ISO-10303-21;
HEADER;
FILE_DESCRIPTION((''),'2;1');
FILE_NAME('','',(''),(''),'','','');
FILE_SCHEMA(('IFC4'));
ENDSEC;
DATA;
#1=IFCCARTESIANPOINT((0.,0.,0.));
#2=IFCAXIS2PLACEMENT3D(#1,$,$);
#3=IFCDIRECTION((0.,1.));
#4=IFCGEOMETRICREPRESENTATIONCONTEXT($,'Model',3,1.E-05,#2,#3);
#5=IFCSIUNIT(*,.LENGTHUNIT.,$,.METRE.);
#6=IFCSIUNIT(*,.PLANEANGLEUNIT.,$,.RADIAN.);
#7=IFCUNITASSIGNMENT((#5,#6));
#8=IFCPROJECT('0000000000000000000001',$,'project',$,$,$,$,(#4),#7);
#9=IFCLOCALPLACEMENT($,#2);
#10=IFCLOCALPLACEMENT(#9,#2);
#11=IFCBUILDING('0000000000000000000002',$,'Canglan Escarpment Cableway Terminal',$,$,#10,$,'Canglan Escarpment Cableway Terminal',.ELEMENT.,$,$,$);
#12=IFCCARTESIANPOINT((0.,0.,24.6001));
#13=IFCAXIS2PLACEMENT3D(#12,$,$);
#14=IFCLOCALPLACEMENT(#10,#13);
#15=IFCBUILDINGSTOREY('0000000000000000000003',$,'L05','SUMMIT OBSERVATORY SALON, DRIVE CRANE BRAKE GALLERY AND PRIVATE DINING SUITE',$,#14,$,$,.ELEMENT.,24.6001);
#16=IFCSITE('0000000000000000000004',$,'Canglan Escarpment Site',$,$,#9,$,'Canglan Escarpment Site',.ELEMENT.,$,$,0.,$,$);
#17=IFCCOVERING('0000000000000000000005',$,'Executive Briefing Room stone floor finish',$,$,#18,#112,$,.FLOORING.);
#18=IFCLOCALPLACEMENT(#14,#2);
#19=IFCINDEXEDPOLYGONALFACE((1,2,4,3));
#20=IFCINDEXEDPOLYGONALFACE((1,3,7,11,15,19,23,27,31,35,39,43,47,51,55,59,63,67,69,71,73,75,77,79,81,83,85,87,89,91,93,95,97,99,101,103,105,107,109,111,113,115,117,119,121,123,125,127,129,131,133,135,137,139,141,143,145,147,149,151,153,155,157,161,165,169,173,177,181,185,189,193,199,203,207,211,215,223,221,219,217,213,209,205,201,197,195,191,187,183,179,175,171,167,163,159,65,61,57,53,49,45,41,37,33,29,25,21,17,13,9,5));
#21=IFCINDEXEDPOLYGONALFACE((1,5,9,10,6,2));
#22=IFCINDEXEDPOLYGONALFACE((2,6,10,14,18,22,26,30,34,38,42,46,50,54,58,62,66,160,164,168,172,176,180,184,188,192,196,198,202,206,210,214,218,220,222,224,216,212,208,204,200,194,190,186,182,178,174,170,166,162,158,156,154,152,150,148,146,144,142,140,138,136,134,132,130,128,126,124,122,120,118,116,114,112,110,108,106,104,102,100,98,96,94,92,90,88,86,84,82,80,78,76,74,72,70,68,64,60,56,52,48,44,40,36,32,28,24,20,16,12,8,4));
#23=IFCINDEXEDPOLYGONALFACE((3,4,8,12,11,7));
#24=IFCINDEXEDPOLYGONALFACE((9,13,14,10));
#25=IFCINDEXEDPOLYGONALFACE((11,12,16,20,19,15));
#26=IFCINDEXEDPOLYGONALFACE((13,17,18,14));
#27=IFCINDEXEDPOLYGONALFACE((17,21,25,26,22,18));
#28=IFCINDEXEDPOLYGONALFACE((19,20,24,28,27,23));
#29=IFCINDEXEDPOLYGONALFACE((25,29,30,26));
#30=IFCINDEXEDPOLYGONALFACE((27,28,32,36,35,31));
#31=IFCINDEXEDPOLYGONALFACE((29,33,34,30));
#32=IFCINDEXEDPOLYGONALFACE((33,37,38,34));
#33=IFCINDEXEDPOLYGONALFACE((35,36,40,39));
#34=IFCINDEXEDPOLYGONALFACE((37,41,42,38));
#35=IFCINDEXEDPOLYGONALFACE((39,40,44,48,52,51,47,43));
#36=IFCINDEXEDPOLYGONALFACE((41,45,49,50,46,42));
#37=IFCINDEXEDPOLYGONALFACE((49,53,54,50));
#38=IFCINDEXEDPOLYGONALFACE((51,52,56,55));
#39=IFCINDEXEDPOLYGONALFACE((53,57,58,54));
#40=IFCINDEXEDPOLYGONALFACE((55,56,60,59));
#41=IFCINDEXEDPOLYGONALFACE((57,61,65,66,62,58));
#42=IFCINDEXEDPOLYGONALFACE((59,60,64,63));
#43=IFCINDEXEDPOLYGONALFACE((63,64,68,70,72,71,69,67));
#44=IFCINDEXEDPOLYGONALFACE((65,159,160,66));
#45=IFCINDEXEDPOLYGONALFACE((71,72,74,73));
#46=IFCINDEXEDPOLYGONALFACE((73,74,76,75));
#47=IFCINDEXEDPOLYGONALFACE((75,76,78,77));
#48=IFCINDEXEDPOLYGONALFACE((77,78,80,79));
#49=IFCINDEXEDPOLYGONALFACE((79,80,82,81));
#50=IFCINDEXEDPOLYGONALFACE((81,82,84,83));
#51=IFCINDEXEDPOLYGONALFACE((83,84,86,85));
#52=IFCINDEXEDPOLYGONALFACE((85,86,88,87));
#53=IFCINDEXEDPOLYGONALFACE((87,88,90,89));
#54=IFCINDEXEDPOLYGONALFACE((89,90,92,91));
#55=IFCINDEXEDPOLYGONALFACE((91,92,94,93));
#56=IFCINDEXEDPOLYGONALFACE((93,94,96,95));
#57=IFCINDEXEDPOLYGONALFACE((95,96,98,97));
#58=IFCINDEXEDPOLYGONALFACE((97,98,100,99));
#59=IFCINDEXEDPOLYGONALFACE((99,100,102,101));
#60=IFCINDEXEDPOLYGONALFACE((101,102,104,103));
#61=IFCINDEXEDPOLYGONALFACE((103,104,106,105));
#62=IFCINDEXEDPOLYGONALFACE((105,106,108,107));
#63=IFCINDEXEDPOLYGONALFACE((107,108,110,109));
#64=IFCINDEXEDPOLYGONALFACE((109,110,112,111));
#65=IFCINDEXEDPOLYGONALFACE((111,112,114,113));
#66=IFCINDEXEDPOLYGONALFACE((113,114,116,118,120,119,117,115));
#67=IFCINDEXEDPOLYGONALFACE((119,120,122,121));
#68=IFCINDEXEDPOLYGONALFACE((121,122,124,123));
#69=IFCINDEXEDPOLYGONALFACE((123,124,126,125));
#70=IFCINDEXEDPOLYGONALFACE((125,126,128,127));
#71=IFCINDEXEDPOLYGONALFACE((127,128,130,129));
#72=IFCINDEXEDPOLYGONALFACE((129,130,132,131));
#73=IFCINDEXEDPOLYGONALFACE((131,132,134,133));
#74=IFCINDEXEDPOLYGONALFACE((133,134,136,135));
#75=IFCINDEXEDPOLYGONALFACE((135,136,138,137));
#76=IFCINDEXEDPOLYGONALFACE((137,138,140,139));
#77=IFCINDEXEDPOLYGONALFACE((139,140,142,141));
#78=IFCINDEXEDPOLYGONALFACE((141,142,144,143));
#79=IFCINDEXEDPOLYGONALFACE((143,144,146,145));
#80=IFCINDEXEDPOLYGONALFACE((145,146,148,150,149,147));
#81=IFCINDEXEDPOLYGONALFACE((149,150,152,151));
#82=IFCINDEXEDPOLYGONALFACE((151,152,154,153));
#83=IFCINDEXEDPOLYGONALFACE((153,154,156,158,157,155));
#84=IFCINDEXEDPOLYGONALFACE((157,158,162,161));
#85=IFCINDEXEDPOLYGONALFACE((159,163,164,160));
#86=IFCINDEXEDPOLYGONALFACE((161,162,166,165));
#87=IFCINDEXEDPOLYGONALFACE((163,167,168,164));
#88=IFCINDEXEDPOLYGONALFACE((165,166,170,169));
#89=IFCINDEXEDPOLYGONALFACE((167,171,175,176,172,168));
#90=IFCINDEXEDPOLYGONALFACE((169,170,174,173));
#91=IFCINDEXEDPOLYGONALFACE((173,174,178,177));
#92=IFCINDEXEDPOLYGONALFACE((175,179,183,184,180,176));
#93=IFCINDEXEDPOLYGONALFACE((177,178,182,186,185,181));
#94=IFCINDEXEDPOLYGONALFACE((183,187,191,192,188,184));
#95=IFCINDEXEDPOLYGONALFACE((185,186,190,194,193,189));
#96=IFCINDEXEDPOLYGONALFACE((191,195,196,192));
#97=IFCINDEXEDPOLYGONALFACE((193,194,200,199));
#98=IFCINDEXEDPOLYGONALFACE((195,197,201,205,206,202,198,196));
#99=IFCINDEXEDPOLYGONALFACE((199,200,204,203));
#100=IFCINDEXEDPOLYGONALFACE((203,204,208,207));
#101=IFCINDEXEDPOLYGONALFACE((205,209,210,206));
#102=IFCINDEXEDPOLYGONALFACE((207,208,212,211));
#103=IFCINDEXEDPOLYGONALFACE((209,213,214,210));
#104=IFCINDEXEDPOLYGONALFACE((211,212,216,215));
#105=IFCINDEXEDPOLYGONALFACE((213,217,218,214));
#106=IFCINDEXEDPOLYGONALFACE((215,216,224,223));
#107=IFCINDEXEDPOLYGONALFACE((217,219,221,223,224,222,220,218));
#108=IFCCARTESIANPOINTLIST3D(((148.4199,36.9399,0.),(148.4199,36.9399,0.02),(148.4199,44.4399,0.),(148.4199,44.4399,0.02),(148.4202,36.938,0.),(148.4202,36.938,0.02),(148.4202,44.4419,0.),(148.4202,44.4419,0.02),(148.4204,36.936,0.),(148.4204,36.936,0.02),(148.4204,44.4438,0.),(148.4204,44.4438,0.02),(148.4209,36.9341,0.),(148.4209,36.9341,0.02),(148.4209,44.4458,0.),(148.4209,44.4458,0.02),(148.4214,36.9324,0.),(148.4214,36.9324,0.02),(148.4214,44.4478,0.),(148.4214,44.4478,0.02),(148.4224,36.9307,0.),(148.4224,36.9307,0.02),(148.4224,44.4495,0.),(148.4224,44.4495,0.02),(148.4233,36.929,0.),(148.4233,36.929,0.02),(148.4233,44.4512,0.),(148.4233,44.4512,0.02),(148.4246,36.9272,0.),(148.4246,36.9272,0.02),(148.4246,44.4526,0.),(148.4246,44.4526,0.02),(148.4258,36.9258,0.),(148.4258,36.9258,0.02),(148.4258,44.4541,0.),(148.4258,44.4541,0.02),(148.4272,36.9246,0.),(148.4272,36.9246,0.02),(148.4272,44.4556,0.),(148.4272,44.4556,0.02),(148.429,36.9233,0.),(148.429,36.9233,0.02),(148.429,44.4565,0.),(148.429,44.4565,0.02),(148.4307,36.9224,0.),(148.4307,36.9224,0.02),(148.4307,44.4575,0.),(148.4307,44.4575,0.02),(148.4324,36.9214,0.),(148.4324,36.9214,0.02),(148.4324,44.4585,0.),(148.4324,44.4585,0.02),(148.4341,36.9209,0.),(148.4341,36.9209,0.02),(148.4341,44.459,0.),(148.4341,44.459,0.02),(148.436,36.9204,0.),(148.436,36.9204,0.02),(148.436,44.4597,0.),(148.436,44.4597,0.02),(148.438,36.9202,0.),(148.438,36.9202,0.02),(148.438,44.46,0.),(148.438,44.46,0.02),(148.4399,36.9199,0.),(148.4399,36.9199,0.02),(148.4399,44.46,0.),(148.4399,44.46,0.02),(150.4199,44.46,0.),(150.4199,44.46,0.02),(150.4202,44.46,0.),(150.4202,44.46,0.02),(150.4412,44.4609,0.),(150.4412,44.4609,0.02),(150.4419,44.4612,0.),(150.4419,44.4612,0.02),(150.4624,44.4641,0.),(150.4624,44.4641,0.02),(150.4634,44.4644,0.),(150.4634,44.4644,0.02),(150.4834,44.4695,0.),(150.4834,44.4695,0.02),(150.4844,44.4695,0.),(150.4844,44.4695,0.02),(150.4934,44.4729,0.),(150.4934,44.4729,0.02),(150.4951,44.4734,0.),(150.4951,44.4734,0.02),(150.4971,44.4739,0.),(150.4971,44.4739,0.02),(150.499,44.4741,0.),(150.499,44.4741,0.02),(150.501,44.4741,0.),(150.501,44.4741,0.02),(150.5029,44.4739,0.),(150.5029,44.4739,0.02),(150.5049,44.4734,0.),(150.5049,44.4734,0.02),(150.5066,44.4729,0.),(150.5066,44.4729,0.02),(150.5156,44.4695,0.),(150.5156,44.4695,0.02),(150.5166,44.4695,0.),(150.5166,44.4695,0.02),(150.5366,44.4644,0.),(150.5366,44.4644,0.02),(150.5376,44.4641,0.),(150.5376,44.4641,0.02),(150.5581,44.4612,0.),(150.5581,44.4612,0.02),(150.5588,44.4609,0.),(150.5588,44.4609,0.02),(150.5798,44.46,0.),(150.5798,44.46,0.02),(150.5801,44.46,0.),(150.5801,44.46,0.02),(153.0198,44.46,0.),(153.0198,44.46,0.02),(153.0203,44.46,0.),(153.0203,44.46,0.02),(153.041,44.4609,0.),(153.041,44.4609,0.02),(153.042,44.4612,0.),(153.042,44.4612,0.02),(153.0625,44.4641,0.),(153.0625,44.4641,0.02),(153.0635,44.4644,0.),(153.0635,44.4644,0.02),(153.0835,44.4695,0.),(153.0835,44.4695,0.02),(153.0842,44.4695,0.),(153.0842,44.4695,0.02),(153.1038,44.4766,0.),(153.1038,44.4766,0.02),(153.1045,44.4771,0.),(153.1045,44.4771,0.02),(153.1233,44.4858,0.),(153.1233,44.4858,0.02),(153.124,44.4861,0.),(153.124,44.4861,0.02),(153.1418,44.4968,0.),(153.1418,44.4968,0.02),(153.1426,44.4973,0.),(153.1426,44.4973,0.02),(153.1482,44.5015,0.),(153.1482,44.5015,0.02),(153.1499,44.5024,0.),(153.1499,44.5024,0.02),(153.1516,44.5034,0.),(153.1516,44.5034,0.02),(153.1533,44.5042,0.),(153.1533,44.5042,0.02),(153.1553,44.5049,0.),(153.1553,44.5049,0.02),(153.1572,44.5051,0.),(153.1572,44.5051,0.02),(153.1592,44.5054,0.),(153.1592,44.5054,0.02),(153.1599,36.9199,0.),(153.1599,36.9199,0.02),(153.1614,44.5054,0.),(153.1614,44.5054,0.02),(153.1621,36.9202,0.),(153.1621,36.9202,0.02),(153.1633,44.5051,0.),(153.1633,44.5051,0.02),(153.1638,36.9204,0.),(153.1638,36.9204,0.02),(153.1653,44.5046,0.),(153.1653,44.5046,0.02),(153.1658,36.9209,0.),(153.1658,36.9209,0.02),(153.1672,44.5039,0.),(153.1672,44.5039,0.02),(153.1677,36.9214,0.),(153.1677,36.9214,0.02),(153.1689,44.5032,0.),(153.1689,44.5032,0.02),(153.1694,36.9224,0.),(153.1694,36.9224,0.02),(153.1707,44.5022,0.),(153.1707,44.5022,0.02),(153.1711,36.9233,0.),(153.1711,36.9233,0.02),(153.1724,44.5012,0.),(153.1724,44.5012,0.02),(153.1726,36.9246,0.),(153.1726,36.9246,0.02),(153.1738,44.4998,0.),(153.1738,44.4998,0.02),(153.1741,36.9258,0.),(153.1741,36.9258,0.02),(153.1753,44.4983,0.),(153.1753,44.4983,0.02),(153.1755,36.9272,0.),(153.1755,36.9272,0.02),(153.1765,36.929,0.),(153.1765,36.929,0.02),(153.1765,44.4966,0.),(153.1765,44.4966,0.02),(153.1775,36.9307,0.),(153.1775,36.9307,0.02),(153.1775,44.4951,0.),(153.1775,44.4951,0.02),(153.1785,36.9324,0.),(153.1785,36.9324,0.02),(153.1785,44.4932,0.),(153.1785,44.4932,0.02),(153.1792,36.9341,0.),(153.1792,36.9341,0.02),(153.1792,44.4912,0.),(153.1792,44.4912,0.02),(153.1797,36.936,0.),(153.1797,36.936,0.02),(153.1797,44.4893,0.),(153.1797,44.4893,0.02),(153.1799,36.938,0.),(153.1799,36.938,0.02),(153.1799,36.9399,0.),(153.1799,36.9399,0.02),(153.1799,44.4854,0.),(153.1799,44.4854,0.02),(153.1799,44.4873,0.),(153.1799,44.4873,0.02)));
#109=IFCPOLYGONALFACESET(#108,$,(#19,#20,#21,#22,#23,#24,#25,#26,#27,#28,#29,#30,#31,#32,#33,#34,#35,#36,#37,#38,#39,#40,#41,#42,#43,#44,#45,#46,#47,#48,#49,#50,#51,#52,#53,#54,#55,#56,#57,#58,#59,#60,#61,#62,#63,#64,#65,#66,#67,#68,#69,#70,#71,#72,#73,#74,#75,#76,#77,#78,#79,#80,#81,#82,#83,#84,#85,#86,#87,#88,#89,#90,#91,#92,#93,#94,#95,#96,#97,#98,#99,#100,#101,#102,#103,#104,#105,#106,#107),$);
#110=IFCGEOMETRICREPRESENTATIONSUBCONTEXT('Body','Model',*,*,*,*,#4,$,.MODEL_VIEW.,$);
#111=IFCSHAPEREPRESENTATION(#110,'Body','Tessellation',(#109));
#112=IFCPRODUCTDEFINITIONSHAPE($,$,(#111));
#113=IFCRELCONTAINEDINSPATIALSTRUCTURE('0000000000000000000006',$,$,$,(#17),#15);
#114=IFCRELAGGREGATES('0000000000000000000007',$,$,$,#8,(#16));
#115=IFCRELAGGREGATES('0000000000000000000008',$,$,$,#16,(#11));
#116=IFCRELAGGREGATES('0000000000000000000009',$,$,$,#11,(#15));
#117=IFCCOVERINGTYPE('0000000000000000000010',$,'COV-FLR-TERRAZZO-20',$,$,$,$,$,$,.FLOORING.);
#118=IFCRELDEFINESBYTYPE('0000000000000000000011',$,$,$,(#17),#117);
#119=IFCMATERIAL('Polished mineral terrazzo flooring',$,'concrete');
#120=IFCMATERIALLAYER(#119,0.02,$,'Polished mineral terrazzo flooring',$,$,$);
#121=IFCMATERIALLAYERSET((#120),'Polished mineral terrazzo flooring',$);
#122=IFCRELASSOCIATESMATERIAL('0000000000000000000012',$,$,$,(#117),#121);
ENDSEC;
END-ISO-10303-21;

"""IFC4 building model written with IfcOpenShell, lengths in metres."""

from ifc_helpers import new_model, si_unit, direction, frame, origin, place, context, subcontext, project, spatial, polyline, outline, extrude, material, layer, layer_set, type_object, element, save


model = new_model("IFC4")

# Units and contexts
model_context = context("Model", 3, precision=1e-05, world=origin(), true_north=direction((0.0, 1.0)))
body_context = subcontext(model_context, "Body", "Model", "MODEL_VIEW")
ifc_project = project(units=[si_unit("LENGTHUNIT", "METRE"), si_unit("PLANEANGLEUNIT", "RADIAN")], contexts=[model_context])

# Site, building, storey
site_placement = place(None, origin())
site = spatial("IfcSite", under=ifc_project, at=site_placement, Name="Canglan Escarpment Site", LongName="Canglan Escarpment Site", CompositionType="ELEMENT", RefElevation=0.0)
building_placement = place(site_placement, origin())
building = spatial("IfcBuilding", under=site, at=building_placement, Name="Canglan Escarpment Cableway Terminal", LongName="Canglan Escarpment Cableway Terminal", CompositionType="ELEMENT")
storey_placement = place(building_placement, frame((0.0, 0.0, 24.6001)))
storey = spatial("IfcBuildingStorey", under=building, at=storey_placement, Name="L05", Description="SUMMIT OBSERVATORY SALON, DRIVE CRANE BRAKE GALLERY AND PRIVATE DINING SUITE", CompositionType="ELEMENT", Elevation=24.6001)

# Covering
ifc_material_1 = material(Name="Polished mineral terrazzo flooring", Category="concrete")
ifc_layer_1 = layer(ifc_material_1, 0.02, Name="Polished mineral terrazzo flooring")
ifc_layer_set_1 = layer_set([ifc_layer_1], Name="Polished mineral terrazzo flooring")
covering_type_1 = type_object("IfcCoveringType", Name="COV-FLR-TERRAZZO-20", PredefinedType="FLOORING", material=ifc_layer_set_1)
covering_1_placement = place(storey_placement, origin())
element("IfcCovering", 1, at=covering_1_placement, inside=storey, type_object=covering_type_1, Name="Executive Briefing Room stone floor finish", PredefinedType="FLOORING", context=body_context, shape_type="SweptSolid", body=[
    extrude(outline(polyline([(150.4934, 44.4729), (150.4951, 44.4734), (150.4971, 44.4739), (150.499, 44.4741), (150.501, 44.4741), (150.5029, 44.4739), (150.5049, 44.4734), (150.5066, 44.4729), (150.5156, 44.4695), (150.5166, 44.4695), (150.5366, 44.4644), (150.5376, 44.4641), (150.5581, 44.4612), (150.5588, 44.4609), (150.5798, 44.46), (150.5801, 44.46), (153.0198, 44.46), (153.0203, 44.46), (153.041, 44.4609), (153.042, 44.4612), (153.0625, 44.4641), (153.0635, 44.4644), (153.0835, 44.4695), (153.0842, 44.4695), (153.1038, 44.4766), (153.1045, 44.4771), (153.1233, 44.4858), (153.124, 44.4861), (153.1418, 44.4968), (153.1426, 44.4973), (153.1482, 44.5015), (153.1499, 44.5024), (153.1516, 44.5034), (153.1533, 44.5042), (153.1553, 44.5049), (153.1572, 44.5051), (153.1592, 44.5054), (153.1614, 44.5054), (153.1633, 44.5051), (153.1653, 44.5046), (153.1672, 44.5039), (153.1689, 44.5032), (153.1707, 44.5022), (153.1724, 44.5012), (153.1738, 44.4998), (153.1753, 44.4983), (153.1765, 44.4966), (153.1775, 44.4951), (153.1785, 44.4932), (153.1792, 44.4912), (153.1797, 44.4893), (153.1799, 44.4873), (153.1799, 44.4854), (153.1799, 36.9399), (153.1799, 36.938), (153.1797, 36.936), (153.1792, 36.9341), (153.1785, 36.9324), (153.1775, 36.9307), (153.1765, 36.929), (153.1755, 36.9272), (153.1741, 36.9258), (153.1726, 36.9246), (153.1711, 36.9233), (153.1694, 36.9224), (153.1677, 36.9214), (153.1658, 36.9209), (153.1638, 36.9204), (153.1621, 36.9202), (153.1599, 36.9199), (148.4399, 36.9199), (148.438, 36.9202), (148.436, 36.9204), (148.4341, 36.9209), (148.4324, 36.9214), (148.4307, 36.9224), (148.429, 36.9233), (148.4272, 36.9246), (148.4258, 36.9258), (148.4246, 36.9272), (148.4233, 36.929), (148.4224, 36.9307), (148.4214, 36.9324), (148.4209, 36.9341), (148.4204, 36.936), (148.4202, 36.938), (148.4199, 36.9399), (148.4199, 44.4399), (148.4202, 44.4419), (148.4204, 44.4438), (148.4209, 44.4458), (148.4214, 44.4478), (148.4224, 44.4495), (148.4233, 44.4512), (148.4246, 44.4526), (148.4258, 44.4541), (148.4272, 44.4556), (148.429, 44.4565), (148.4307, 44.4575), (148.4324, 44.4585), (148.4341, 44.459), (148.436, 44.4597), (148.438, 44.46), (148.4399, 44.46), (150.4199, 44.46), (150.4202, 44.46), (150.4412, 44.4609), (150.4419, 44.4612), (150.4624, 44.4641), (150.4634, 44.4644), (150.4834, 44.4695), (150.4844, 44.4695), (150.4934, 44.4729)])), origin(), (0.0, 0.0, 1.0), 0.02),
])

save(model, "model.ifc")
